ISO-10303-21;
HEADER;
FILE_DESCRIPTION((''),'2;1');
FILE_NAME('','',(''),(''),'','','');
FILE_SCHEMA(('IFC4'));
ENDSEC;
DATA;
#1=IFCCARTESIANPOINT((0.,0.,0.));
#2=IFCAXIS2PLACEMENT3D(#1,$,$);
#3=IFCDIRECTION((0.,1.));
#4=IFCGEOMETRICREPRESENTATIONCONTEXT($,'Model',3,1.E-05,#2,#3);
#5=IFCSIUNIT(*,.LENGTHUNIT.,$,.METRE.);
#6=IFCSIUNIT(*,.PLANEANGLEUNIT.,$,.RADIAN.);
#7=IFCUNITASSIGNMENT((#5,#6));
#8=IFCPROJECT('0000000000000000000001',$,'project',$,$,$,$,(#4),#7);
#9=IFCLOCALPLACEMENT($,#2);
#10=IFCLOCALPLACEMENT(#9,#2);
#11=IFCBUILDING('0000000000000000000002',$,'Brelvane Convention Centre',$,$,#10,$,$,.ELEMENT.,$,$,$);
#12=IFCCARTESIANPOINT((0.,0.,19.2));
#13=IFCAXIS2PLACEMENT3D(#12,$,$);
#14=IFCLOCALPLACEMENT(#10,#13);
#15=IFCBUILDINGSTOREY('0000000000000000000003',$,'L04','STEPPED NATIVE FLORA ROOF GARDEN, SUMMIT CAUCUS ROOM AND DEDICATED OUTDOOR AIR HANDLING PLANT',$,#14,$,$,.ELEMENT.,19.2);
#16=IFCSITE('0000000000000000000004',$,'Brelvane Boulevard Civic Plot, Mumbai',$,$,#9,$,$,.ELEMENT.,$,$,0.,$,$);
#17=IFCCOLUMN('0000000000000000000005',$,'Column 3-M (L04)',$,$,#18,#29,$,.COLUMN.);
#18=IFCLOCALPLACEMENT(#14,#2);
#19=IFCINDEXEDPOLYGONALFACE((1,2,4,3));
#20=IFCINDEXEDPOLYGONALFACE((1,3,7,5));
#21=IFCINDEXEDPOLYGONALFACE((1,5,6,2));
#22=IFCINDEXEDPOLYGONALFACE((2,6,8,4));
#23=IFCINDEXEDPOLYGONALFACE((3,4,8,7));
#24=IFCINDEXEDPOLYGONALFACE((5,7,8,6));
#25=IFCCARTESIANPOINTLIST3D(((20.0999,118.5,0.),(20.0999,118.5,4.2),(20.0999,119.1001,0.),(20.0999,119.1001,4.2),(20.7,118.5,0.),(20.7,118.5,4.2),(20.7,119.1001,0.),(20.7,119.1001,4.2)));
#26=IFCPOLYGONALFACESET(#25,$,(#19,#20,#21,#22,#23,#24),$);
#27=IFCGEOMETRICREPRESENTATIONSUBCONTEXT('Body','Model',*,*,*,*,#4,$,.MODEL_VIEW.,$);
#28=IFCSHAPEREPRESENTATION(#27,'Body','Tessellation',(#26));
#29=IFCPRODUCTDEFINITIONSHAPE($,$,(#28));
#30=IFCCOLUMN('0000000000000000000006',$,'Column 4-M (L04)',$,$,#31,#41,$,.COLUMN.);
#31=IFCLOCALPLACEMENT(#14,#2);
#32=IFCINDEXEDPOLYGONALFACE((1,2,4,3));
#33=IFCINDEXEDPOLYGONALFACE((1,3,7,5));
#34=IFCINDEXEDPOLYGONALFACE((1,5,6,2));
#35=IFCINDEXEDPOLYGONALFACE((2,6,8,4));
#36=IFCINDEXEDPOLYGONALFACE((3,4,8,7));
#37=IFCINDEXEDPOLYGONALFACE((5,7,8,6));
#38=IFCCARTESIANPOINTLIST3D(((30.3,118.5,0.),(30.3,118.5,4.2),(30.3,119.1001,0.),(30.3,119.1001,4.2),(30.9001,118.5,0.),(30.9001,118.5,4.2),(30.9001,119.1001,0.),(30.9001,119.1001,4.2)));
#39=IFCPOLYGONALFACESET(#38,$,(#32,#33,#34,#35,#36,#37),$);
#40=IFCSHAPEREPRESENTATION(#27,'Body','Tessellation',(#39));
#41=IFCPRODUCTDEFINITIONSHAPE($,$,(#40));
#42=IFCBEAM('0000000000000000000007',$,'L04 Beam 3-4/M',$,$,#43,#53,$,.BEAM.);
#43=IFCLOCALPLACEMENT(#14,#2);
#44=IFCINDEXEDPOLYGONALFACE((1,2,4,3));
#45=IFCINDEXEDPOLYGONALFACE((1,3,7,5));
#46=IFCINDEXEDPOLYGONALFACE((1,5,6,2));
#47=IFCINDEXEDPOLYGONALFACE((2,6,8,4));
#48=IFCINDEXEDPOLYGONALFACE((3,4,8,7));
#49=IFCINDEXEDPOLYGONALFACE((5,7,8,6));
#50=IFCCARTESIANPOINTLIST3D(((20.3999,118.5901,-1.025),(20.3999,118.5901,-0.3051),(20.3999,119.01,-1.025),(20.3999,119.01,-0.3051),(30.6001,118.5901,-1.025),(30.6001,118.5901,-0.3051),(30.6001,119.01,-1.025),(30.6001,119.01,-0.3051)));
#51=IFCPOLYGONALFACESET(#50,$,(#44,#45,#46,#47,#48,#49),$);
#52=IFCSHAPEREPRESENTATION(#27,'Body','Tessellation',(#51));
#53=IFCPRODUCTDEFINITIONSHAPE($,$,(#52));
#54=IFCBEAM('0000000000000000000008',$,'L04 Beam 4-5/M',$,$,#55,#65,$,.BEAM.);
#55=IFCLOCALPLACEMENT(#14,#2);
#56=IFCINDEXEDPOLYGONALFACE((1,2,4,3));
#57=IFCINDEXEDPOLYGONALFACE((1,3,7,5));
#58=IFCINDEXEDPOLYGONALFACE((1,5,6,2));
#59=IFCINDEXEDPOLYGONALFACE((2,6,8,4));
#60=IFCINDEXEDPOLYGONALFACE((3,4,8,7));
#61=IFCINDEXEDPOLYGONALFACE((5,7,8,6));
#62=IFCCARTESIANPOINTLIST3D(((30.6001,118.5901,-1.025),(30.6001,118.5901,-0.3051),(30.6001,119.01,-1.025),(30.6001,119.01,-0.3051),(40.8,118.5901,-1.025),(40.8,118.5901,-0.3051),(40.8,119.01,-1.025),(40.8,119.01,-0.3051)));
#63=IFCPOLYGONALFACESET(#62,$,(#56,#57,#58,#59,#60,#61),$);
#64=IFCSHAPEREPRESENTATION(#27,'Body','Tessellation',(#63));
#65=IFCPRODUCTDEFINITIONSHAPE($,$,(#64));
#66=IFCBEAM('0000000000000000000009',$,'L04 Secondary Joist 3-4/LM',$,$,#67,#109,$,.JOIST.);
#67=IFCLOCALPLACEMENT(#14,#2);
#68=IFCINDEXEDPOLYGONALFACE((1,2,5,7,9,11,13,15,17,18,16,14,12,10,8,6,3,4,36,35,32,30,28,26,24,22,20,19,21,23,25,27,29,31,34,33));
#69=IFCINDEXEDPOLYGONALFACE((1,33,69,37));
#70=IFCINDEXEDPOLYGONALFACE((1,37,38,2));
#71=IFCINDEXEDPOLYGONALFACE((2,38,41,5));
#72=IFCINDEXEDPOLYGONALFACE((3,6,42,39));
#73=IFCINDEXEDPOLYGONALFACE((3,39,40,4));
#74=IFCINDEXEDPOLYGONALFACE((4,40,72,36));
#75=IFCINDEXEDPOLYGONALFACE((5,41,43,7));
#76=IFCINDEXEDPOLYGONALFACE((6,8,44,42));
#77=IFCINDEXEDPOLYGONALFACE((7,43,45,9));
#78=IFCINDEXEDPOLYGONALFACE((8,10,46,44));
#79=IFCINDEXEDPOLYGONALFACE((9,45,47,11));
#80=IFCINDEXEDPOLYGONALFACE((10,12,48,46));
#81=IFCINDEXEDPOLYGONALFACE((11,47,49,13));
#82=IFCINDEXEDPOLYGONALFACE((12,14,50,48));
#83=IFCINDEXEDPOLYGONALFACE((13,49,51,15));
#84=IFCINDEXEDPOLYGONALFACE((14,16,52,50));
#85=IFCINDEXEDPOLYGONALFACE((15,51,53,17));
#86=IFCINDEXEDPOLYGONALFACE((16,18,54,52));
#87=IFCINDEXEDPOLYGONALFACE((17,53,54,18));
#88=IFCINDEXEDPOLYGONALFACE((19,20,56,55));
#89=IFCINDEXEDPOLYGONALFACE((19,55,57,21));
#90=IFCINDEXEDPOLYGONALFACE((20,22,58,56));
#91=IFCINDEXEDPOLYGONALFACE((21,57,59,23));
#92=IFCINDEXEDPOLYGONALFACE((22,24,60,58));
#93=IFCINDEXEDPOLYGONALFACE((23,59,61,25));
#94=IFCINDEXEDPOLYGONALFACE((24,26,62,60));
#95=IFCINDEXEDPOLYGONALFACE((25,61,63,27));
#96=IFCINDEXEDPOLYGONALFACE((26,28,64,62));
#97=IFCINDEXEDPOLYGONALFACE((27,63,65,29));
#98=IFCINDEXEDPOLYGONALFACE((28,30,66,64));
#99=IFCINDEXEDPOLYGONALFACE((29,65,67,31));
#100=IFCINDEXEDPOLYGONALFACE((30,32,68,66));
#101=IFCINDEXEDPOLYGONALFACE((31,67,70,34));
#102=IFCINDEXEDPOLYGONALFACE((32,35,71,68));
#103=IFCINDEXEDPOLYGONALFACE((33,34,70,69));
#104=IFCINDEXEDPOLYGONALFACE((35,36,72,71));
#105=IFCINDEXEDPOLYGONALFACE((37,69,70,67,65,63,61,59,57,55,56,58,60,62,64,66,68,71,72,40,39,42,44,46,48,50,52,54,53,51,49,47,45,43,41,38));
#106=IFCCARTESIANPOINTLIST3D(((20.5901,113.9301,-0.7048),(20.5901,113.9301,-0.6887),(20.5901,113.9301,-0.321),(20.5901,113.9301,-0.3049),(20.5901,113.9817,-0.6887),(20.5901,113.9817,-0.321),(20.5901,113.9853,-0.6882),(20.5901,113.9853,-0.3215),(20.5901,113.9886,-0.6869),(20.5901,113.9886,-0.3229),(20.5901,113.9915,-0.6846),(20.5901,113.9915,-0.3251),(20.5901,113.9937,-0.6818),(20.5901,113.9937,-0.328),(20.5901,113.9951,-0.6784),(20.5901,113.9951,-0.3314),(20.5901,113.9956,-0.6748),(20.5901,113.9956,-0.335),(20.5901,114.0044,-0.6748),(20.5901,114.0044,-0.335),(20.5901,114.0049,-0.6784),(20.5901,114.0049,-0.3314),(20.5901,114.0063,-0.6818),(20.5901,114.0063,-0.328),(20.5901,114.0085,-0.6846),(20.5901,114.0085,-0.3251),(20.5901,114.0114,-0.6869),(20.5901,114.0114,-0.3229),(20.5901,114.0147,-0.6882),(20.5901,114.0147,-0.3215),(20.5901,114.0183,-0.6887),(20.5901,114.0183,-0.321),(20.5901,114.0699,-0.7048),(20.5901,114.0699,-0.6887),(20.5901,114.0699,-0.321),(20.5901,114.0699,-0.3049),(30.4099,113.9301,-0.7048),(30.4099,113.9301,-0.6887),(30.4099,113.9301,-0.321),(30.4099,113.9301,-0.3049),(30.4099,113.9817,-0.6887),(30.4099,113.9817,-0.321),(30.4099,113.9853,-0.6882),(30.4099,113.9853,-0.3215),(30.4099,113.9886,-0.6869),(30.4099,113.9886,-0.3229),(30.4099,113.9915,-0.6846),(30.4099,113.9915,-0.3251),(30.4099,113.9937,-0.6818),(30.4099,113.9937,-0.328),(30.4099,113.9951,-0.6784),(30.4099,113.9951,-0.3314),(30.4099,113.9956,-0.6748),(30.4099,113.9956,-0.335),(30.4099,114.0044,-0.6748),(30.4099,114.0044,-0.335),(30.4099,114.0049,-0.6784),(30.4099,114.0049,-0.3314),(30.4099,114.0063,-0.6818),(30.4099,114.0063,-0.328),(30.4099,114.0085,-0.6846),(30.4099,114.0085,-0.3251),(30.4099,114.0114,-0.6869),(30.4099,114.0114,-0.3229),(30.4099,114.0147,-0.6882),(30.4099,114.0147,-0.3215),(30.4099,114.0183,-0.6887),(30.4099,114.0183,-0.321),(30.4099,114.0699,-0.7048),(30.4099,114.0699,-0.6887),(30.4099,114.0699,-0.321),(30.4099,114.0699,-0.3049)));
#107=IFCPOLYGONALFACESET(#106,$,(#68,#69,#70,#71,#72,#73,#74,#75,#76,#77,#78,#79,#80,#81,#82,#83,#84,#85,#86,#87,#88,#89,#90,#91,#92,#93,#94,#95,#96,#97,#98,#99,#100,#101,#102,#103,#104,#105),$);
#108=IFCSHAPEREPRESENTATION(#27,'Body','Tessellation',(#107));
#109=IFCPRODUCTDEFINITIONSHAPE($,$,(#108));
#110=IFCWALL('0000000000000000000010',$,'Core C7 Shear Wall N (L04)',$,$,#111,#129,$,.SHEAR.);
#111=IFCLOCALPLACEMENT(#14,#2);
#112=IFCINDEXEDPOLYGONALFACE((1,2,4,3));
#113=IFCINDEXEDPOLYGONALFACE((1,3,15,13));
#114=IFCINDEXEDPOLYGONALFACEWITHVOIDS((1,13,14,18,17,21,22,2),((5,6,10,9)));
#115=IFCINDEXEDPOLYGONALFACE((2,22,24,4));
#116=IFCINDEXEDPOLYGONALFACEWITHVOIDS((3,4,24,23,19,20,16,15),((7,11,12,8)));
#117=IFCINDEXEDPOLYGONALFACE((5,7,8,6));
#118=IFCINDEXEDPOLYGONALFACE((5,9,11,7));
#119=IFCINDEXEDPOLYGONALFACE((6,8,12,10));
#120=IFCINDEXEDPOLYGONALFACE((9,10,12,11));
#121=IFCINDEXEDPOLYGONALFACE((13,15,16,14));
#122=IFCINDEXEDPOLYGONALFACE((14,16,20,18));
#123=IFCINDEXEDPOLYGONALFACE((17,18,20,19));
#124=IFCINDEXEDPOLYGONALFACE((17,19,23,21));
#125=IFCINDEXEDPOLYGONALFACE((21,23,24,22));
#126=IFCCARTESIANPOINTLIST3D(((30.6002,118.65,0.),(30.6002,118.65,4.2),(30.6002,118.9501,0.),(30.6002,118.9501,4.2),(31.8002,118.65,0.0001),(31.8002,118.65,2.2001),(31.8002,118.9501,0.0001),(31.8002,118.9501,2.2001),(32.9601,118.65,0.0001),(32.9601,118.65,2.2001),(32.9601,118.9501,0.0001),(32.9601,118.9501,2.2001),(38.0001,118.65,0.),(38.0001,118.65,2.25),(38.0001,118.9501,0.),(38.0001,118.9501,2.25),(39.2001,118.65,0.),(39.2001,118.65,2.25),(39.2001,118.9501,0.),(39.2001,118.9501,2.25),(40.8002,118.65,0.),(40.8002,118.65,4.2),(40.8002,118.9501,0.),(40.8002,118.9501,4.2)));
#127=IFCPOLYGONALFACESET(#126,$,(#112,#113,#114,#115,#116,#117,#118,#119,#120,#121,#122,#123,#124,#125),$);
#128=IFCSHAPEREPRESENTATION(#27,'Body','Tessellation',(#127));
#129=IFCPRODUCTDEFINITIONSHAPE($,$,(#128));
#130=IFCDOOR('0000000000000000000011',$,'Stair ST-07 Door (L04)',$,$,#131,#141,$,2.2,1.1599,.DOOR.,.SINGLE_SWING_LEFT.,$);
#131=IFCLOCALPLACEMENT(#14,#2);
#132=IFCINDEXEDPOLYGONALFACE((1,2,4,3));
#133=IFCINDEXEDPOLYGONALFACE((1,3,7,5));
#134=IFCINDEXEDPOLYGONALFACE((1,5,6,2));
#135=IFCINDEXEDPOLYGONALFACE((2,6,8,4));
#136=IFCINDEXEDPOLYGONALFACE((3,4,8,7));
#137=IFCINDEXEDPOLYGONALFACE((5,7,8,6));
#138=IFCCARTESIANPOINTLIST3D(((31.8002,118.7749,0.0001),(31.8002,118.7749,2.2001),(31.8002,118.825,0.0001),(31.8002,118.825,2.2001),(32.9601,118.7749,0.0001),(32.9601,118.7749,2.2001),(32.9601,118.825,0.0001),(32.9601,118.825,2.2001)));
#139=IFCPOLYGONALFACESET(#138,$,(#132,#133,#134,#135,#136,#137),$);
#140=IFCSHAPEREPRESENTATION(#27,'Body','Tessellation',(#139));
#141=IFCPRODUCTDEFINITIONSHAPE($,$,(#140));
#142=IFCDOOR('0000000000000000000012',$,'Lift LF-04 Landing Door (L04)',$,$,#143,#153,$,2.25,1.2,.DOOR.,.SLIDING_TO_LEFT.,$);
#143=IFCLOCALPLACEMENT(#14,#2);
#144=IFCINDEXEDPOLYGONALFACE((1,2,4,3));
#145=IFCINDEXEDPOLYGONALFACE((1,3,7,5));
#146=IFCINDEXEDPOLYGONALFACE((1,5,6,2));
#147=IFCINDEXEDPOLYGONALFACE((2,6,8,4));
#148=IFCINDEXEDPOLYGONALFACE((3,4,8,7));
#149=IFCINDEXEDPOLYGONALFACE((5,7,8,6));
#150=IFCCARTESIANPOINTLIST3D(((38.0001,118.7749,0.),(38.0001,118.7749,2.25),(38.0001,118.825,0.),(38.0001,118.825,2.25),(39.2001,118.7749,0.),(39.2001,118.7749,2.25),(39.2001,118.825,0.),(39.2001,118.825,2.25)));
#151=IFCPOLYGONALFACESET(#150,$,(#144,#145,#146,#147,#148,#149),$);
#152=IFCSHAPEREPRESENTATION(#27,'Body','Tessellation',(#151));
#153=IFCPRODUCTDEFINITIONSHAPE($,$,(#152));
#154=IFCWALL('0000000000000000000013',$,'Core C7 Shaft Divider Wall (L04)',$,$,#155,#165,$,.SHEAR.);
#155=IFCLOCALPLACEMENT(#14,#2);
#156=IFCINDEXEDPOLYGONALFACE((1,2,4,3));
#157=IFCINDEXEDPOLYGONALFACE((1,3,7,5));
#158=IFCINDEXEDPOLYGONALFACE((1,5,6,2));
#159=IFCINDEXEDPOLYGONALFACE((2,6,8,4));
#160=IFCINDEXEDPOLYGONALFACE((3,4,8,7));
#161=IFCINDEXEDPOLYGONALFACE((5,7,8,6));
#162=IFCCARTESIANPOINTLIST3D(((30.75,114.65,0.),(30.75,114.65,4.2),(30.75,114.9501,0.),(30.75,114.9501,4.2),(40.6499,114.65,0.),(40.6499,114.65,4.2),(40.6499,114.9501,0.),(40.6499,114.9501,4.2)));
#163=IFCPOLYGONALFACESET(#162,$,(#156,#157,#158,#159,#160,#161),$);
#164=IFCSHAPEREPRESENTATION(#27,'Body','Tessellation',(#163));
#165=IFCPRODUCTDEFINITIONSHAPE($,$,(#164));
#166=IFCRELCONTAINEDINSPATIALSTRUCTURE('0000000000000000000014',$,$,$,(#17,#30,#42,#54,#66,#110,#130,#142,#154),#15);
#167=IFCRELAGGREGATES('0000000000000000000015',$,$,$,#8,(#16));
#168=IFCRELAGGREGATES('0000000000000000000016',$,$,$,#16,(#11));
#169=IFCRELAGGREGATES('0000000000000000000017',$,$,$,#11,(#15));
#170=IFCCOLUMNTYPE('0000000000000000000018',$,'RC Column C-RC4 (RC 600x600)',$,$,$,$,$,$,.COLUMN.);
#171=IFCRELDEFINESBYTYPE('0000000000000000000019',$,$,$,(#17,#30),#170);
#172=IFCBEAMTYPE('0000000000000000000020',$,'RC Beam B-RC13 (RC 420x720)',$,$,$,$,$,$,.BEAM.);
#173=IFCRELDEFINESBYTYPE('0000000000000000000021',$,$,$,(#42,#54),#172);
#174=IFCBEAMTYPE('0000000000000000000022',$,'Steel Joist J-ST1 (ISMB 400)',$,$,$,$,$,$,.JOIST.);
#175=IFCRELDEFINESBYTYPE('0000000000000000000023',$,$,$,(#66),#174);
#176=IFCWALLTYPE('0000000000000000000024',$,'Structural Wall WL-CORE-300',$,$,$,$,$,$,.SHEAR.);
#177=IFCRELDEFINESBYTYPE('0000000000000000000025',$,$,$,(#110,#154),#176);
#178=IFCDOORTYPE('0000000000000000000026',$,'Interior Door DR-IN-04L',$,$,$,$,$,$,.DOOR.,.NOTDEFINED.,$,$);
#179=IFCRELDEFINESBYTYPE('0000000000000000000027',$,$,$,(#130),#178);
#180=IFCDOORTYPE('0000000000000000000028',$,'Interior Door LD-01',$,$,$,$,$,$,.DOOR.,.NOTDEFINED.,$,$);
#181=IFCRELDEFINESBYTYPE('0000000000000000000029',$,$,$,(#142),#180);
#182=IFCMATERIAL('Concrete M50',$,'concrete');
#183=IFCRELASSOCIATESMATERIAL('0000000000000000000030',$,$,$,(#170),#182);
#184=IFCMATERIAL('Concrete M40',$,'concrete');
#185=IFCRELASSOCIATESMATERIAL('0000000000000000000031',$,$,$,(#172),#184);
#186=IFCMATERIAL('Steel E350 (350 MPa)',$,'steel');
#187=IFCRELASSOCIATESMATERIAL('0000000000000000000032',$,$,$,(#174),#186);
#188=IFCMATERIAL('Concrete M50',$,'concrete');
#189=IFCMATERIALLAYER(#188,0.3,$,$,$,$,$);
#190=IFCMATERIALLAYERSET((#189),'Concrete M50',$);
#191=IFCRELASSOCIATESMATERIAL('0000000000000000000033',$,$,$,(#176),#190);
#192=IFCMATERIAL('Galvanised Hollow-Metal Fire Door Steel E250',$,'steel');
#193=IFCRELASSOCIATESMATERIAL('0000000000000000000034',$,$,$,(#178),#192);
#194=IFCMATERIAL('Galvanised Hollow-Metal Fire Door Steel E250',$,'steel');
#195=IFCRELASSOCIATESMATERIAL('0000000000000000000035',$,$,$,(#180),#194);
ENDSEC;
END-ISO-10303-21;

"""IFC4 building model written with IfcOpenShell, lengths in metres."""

from ifc_helpers import new_model, si_unit, direction, frame, frame_2d, origin, origin_2d, place, context, subcontext, project, spatial, rectangle, i_section, extrude, material, layer, layer_set, material_profile, profile_set, type_object, element, fill, save


model = new_model("IFC4")

# Units and contexts
model_context = context("Model", 3, precision=1e-05, world=origin(), true_north=direction((0.0, 1.0)))
body_context = subcontext(model_context, "Body", "Model", "MODEL_VIEW")
ifc_project = project(units=[si_unit("LENGTHUNIT", "METRE"), si_unit("PLANEANGLEUNIT", "RADIAN")], contexts=[model_context])

# Site, building, storey
site_placement = place(None, origin())
site = spatial("IfcSite", under=ifc_project, at=site_placement, Name="Brelvane Boulevard Civic Plot, Mumbai", CompositionType="ELEMENT", RefElevation=0.0)
building_placement = place(site_placement, origin())
building = spatial("IfcBuilding", under=site, at=building_placement, Name="Brelvane Convention Centre", CompositionType="ELEMENT")
storey_placement = place(building_placement, frame((0.0, 0.0, 19.2)))
storey = spatial("IfcBuildingStorey", under=building, at=storey_placement, Name="L04", Description="STEPPED NATIVE FLORA ROOF GARDEN, SUMMIT CAUCUS ROOM AND DEDICATED OUTDOOR AIR HANDLING PLANT", CompositionType="ELEMENT", Elevation=19.2)

# Columns
ifc_material_1 = material(Name="Concrete M50", Category="concrete")
ifc_material_profile_1 = material_profile(ifc_material_1, rectangle(XDim=0.6001, YDim=0.6001, at=origin_2d()), Name="RC 600x600")
ifc_profile_set_1 = profile_set([ifc_material_profile_1], Name="Concrete M50")
column_type = type_object("IfcColumnType", Name="RC Column C-RC4 (RC 600x600)", PredefinedType="COLUMN", material=ifc_profile_set_1)
for number, where, z_axis, x_axis, name in (
    (1, (20.3999, 118.8, 0.0), (0.0, 0.0, 1.0), (1.0, 0.0, 0.0), "Column 3-M (L04)"),
    (2, (30.6001, 118.8, 0.0), (0.0, 0.0, 1.0), (1.0, 0.0, 0.0), "Column 4-M (L04)"),
):
    element("IfcColumn", number, at=place(storey_placement, frame(where, z_axis=z_axis, x_axis=x_axis)), inside=storey, type_object=column_type, Name=name, PredefinedType="COLUMN", context=body_context, shape_type="SweptSolid", body=[
        extrude(rectangle(XDim=0.6001, YDim=0.6001, at=origin_2d()), origin(), (0.0, 0.0, 1.0), 4.2),
    ])

# Beams
ifc_material_2 = material(Name="Concrete M40", Category="concrete")
ifc_material_profile_2 = material_profile(ifc_material_2, rectangle(XDim=0.4199, YDim=0.72, at=origin_2d()), Name="RC 420x720")
ifc_profile_set_2 = profile_set([ifc_material_profile_2], Name="Concrete M40")
beam_type_1 = type_object("IfcBeamType", Name="RC Beam B-RC13 (RC 420x720)", PredefinedType="BEAM", material=ifc_profile_set_2)
beam_1_placement = place(storey_placement, frame((20.3999, 118.8, -0.665), z_axis=(1.0, 0.0, 0.0), x_axis=(0.0, 1.0, 0.0)))
element("IfcBeam", 3, at=beam_1_placement, inside=storey, type_object=beam_type_1, Name="L04 Beam 3-4/M", PredefinedType="BEAM", context=body_context, shape_type="SweptSolid", body=[
    extrude(rectangle(XDim=0.4199, YDim=0.72, at=origin_2d()), origin(), (0.0, 0.0, 1.0), 10.2002),
])
beam_2_placement = place(storey_placement, frame((30.6001, 118.8, -0.665), z_axis=(1.0, 0.0, 0.0), x_axis=(0.0, 1.0, 0.0)))
element("IfcBeam", 4, at=beam_2_placement, inside=storey, type_object=beam_type_1, Name="L04 Beam 4-5/M", PredefinedType="BEAM", context=body_context, shape_type="SweptSolid", body=[
    extrude(rectangle(XDim=0.4199, YDim=0.72, at=origin_2d()), origin(), (0.0, 0.0, 1.0), 10.2),
])
ifc_material_3 = material(Name="Steel E350 (350 MPa)", Category="steel")
ifc_material_profile_3 = material_profile(ifc_material_3, i_section(OverallWidth=0.1399, OverallDepth=0.3999, WebThickness=0.0088, FlangeThickness=0.0161, FilletRadius=0.0139, at=origin_2d()), Name="ISMB 400")
ifc_profile_set_3 = profile_set([ifc_material_profile_3], Name="Steel E350 (350 MPa)")
beam_type_2 = type_object("IfcBeamType", Name="Steel Joist J-ST1 (ISMB 400)", PredefinedType="JOIST", material=ifc_profile_set_3)
beam_3_placement = place(storey_placement, frame((20.5901, 114.0, -0.5049), z_axis=(1.0, 0.0, 0.0), x_axis=(0.0, 1.0, 0.0)))
element("IfcBeam", 5, at=beam_3_placement, inside=storey, type_object=beam_type_2, Name="L04 Secondary Joist 3-4/LM", PredefinedType="JOIST", context=body_context, shape_type="SweptSolid", body=[
    extrude(i_section(OverallWidth=0.1399, OverallDepth=0.3999, WebThickness=0.0088, FlangeThickness=0.0161, FilletRadius=0.0139, at=origin_2d()), origin(), (0.0, 0.0, 1.0), 9.8198),
])

# Wall, openings, doors
ifc_material_4 = material(Name="Concrete M50", Category="concrete")
ifc_layer = layer(ifc_material_4, 0.3)
ifc_layer_set = layer_set([ifc_layer], Name="Concrete M50")
wall_type = type_object("IfcWallType", Name="Structural Wall WL-CORE-300", PredefinedType="SHEAR", material=ifc_layer_set)
wall_1_placement = place(storey_placement, frame((30.6001, 118.8, 0.0), z_axis=(0.0, 0.0, 1.0), x_axis=(1.0, 0.0, 0.0)))
wall_1 = element("IfcWall", 6, at=wall_1_placement, inside=storey, type_object=wall_type, Name="Core C7 Shear Wall N (L04)", PredefinedType="SHEAR", context=body_context, shape_type="SweptSolid", body=[
    extrude(rectangle(XDim=10.2, YDim=0.3, at=frame_2d((5.1001, 0.0))), origin(), (0.0, 0.0, 1.0), 4.2),
])
opening_1_placement = place(wall_1_placement, frame((1.2, 0.0, 0.0)))
opening_1 = element("IfcOpeningElement", 7, at=opening_1_placement, cuts=wall_1, PredefinedType="OPENING", context=body_context, shape_type="SweptSolid", body=[
    extrude(rectangle(XDim=1.1599, YDim=2.2, at=frame_2d((0.5801, 1.1001))), frame((0.0, 0.1599, 0.0), z_axis=(0.0, -1.0, 0.0), x_axis=(1.0, 0.0, 0.0)), (0.0, 0.0, 1.0), 0.3201),
])
opening_2_placement = place(wall_1_placement, frame((7.3999, 0.0, 0.0)))
opening_2 = element("IfcOpeningElement", 8, at=opening_2_placement, cuts=wall_1, PredefinedType="OPENING", context=body_context, shape_type="SweptSolid", body=[
    extrude(rectangle(XDim=1.2, YDim=2.25, at=frame_2d((0.6001, 1.125))), frame((0.0, 0.1599, 0.0), z_axis=(0.0, -1.0, 0.0), x_axis=(1.0, 0.0, 0.0)), (0.0, 0.0, 1.0), 0.3201),
])
ifc_material_5 = material(Name="Galvanised Hollow-Metal Fire Door Steel E250", Category="steel")
door_type_1 = type_object("IfcDoorType", Name="Interior Door DR-IN-04L", OperationType="NOTDEFINED", PredefinedType="DOOR", material=ifc_material_5)
door_1_placement = place(opening_1_placement, origin())
door_1 = element("IfcDoor", 9, at=door_1_placement, inside=storey, type_object=door_type_1, Name="Stair ST-07 Door (L04)", OperationType="SINGLE_SWING_LEFT", OverallHeight=2.2, OverallWidth=1.1599, PredefinedType="DOOR", context=body_context, shape_type="SweptSolid", body=[
    extrude(rectangle(XDim=1.1599, YDim=2.2, at=frame_2d((0.5801, 1.1001))), frame((0.0, 0.0249, 0.0), z_axis=(0.0, -1.0, 0.0), x_axis=(1.0, 0.0, 0.0)), (0.0, 0.0, 1.0), 0.05),
])
fill(opening_1, door_1)
ifc_material_6 = material(Name="Galvanised Hollow-Metal Fire Door Steel E250", Category="steel")
door_type_2 = type_object("IfcDoorType", Name="Interior Door LD-01", OperationType="NOTDEFINED", PredefinedType="DOOR", material=ifc_material_6)
door_2_placement = place(opening_2_placement, origin())
door_2 = element("IfcDoor", 10, at=door_2_placement, inside=storey, type_object=door_type_2, Name="Lift LF-04 Landing Door (L04)", OperationType="SLIDING_TO_LEFT", OverallHeight=2.25, OverallWidth=1.2, PredefinedType="DOOR", context=body_context, shape_type="SweptSolid", body=[
    extrude(rectangle(XDim=1.2, YDim=2.25, at=frame_2d((0.6001, 1.125))), frame((0.0, 0.0249, 0.0), z_axis=(0.0, -1.0, 0.0), x_axis=(1.0, 0.0, 0.0)), (0.0, 0.0, 1.0), 0.05),
])
fill(opening_2, door_2)

# Wall
wall_2_placement = place(storey_placement, frame((30.75, 114.8, 0.0), z_axis=(0.0, 0.0, 1.0), x_axis=(1.0, 0.0, 0.0)))
element("IfcWall", 11, at=wall_2_placement, inside=storey, type_object=wall_type, Name="Core C7 Shaft Divider Wall (L04)", PredefinedType="SHEAR", context=body_context, shape_type="SweptSolid", body=[
    extrude(rectangle(XDim=9.8999, YDim=0.3, at=frame_2d((4.95, 0.0))), origin(), (0.0, 0.0, 1.0), 4.2),
])

save(model, "model.ifc")
